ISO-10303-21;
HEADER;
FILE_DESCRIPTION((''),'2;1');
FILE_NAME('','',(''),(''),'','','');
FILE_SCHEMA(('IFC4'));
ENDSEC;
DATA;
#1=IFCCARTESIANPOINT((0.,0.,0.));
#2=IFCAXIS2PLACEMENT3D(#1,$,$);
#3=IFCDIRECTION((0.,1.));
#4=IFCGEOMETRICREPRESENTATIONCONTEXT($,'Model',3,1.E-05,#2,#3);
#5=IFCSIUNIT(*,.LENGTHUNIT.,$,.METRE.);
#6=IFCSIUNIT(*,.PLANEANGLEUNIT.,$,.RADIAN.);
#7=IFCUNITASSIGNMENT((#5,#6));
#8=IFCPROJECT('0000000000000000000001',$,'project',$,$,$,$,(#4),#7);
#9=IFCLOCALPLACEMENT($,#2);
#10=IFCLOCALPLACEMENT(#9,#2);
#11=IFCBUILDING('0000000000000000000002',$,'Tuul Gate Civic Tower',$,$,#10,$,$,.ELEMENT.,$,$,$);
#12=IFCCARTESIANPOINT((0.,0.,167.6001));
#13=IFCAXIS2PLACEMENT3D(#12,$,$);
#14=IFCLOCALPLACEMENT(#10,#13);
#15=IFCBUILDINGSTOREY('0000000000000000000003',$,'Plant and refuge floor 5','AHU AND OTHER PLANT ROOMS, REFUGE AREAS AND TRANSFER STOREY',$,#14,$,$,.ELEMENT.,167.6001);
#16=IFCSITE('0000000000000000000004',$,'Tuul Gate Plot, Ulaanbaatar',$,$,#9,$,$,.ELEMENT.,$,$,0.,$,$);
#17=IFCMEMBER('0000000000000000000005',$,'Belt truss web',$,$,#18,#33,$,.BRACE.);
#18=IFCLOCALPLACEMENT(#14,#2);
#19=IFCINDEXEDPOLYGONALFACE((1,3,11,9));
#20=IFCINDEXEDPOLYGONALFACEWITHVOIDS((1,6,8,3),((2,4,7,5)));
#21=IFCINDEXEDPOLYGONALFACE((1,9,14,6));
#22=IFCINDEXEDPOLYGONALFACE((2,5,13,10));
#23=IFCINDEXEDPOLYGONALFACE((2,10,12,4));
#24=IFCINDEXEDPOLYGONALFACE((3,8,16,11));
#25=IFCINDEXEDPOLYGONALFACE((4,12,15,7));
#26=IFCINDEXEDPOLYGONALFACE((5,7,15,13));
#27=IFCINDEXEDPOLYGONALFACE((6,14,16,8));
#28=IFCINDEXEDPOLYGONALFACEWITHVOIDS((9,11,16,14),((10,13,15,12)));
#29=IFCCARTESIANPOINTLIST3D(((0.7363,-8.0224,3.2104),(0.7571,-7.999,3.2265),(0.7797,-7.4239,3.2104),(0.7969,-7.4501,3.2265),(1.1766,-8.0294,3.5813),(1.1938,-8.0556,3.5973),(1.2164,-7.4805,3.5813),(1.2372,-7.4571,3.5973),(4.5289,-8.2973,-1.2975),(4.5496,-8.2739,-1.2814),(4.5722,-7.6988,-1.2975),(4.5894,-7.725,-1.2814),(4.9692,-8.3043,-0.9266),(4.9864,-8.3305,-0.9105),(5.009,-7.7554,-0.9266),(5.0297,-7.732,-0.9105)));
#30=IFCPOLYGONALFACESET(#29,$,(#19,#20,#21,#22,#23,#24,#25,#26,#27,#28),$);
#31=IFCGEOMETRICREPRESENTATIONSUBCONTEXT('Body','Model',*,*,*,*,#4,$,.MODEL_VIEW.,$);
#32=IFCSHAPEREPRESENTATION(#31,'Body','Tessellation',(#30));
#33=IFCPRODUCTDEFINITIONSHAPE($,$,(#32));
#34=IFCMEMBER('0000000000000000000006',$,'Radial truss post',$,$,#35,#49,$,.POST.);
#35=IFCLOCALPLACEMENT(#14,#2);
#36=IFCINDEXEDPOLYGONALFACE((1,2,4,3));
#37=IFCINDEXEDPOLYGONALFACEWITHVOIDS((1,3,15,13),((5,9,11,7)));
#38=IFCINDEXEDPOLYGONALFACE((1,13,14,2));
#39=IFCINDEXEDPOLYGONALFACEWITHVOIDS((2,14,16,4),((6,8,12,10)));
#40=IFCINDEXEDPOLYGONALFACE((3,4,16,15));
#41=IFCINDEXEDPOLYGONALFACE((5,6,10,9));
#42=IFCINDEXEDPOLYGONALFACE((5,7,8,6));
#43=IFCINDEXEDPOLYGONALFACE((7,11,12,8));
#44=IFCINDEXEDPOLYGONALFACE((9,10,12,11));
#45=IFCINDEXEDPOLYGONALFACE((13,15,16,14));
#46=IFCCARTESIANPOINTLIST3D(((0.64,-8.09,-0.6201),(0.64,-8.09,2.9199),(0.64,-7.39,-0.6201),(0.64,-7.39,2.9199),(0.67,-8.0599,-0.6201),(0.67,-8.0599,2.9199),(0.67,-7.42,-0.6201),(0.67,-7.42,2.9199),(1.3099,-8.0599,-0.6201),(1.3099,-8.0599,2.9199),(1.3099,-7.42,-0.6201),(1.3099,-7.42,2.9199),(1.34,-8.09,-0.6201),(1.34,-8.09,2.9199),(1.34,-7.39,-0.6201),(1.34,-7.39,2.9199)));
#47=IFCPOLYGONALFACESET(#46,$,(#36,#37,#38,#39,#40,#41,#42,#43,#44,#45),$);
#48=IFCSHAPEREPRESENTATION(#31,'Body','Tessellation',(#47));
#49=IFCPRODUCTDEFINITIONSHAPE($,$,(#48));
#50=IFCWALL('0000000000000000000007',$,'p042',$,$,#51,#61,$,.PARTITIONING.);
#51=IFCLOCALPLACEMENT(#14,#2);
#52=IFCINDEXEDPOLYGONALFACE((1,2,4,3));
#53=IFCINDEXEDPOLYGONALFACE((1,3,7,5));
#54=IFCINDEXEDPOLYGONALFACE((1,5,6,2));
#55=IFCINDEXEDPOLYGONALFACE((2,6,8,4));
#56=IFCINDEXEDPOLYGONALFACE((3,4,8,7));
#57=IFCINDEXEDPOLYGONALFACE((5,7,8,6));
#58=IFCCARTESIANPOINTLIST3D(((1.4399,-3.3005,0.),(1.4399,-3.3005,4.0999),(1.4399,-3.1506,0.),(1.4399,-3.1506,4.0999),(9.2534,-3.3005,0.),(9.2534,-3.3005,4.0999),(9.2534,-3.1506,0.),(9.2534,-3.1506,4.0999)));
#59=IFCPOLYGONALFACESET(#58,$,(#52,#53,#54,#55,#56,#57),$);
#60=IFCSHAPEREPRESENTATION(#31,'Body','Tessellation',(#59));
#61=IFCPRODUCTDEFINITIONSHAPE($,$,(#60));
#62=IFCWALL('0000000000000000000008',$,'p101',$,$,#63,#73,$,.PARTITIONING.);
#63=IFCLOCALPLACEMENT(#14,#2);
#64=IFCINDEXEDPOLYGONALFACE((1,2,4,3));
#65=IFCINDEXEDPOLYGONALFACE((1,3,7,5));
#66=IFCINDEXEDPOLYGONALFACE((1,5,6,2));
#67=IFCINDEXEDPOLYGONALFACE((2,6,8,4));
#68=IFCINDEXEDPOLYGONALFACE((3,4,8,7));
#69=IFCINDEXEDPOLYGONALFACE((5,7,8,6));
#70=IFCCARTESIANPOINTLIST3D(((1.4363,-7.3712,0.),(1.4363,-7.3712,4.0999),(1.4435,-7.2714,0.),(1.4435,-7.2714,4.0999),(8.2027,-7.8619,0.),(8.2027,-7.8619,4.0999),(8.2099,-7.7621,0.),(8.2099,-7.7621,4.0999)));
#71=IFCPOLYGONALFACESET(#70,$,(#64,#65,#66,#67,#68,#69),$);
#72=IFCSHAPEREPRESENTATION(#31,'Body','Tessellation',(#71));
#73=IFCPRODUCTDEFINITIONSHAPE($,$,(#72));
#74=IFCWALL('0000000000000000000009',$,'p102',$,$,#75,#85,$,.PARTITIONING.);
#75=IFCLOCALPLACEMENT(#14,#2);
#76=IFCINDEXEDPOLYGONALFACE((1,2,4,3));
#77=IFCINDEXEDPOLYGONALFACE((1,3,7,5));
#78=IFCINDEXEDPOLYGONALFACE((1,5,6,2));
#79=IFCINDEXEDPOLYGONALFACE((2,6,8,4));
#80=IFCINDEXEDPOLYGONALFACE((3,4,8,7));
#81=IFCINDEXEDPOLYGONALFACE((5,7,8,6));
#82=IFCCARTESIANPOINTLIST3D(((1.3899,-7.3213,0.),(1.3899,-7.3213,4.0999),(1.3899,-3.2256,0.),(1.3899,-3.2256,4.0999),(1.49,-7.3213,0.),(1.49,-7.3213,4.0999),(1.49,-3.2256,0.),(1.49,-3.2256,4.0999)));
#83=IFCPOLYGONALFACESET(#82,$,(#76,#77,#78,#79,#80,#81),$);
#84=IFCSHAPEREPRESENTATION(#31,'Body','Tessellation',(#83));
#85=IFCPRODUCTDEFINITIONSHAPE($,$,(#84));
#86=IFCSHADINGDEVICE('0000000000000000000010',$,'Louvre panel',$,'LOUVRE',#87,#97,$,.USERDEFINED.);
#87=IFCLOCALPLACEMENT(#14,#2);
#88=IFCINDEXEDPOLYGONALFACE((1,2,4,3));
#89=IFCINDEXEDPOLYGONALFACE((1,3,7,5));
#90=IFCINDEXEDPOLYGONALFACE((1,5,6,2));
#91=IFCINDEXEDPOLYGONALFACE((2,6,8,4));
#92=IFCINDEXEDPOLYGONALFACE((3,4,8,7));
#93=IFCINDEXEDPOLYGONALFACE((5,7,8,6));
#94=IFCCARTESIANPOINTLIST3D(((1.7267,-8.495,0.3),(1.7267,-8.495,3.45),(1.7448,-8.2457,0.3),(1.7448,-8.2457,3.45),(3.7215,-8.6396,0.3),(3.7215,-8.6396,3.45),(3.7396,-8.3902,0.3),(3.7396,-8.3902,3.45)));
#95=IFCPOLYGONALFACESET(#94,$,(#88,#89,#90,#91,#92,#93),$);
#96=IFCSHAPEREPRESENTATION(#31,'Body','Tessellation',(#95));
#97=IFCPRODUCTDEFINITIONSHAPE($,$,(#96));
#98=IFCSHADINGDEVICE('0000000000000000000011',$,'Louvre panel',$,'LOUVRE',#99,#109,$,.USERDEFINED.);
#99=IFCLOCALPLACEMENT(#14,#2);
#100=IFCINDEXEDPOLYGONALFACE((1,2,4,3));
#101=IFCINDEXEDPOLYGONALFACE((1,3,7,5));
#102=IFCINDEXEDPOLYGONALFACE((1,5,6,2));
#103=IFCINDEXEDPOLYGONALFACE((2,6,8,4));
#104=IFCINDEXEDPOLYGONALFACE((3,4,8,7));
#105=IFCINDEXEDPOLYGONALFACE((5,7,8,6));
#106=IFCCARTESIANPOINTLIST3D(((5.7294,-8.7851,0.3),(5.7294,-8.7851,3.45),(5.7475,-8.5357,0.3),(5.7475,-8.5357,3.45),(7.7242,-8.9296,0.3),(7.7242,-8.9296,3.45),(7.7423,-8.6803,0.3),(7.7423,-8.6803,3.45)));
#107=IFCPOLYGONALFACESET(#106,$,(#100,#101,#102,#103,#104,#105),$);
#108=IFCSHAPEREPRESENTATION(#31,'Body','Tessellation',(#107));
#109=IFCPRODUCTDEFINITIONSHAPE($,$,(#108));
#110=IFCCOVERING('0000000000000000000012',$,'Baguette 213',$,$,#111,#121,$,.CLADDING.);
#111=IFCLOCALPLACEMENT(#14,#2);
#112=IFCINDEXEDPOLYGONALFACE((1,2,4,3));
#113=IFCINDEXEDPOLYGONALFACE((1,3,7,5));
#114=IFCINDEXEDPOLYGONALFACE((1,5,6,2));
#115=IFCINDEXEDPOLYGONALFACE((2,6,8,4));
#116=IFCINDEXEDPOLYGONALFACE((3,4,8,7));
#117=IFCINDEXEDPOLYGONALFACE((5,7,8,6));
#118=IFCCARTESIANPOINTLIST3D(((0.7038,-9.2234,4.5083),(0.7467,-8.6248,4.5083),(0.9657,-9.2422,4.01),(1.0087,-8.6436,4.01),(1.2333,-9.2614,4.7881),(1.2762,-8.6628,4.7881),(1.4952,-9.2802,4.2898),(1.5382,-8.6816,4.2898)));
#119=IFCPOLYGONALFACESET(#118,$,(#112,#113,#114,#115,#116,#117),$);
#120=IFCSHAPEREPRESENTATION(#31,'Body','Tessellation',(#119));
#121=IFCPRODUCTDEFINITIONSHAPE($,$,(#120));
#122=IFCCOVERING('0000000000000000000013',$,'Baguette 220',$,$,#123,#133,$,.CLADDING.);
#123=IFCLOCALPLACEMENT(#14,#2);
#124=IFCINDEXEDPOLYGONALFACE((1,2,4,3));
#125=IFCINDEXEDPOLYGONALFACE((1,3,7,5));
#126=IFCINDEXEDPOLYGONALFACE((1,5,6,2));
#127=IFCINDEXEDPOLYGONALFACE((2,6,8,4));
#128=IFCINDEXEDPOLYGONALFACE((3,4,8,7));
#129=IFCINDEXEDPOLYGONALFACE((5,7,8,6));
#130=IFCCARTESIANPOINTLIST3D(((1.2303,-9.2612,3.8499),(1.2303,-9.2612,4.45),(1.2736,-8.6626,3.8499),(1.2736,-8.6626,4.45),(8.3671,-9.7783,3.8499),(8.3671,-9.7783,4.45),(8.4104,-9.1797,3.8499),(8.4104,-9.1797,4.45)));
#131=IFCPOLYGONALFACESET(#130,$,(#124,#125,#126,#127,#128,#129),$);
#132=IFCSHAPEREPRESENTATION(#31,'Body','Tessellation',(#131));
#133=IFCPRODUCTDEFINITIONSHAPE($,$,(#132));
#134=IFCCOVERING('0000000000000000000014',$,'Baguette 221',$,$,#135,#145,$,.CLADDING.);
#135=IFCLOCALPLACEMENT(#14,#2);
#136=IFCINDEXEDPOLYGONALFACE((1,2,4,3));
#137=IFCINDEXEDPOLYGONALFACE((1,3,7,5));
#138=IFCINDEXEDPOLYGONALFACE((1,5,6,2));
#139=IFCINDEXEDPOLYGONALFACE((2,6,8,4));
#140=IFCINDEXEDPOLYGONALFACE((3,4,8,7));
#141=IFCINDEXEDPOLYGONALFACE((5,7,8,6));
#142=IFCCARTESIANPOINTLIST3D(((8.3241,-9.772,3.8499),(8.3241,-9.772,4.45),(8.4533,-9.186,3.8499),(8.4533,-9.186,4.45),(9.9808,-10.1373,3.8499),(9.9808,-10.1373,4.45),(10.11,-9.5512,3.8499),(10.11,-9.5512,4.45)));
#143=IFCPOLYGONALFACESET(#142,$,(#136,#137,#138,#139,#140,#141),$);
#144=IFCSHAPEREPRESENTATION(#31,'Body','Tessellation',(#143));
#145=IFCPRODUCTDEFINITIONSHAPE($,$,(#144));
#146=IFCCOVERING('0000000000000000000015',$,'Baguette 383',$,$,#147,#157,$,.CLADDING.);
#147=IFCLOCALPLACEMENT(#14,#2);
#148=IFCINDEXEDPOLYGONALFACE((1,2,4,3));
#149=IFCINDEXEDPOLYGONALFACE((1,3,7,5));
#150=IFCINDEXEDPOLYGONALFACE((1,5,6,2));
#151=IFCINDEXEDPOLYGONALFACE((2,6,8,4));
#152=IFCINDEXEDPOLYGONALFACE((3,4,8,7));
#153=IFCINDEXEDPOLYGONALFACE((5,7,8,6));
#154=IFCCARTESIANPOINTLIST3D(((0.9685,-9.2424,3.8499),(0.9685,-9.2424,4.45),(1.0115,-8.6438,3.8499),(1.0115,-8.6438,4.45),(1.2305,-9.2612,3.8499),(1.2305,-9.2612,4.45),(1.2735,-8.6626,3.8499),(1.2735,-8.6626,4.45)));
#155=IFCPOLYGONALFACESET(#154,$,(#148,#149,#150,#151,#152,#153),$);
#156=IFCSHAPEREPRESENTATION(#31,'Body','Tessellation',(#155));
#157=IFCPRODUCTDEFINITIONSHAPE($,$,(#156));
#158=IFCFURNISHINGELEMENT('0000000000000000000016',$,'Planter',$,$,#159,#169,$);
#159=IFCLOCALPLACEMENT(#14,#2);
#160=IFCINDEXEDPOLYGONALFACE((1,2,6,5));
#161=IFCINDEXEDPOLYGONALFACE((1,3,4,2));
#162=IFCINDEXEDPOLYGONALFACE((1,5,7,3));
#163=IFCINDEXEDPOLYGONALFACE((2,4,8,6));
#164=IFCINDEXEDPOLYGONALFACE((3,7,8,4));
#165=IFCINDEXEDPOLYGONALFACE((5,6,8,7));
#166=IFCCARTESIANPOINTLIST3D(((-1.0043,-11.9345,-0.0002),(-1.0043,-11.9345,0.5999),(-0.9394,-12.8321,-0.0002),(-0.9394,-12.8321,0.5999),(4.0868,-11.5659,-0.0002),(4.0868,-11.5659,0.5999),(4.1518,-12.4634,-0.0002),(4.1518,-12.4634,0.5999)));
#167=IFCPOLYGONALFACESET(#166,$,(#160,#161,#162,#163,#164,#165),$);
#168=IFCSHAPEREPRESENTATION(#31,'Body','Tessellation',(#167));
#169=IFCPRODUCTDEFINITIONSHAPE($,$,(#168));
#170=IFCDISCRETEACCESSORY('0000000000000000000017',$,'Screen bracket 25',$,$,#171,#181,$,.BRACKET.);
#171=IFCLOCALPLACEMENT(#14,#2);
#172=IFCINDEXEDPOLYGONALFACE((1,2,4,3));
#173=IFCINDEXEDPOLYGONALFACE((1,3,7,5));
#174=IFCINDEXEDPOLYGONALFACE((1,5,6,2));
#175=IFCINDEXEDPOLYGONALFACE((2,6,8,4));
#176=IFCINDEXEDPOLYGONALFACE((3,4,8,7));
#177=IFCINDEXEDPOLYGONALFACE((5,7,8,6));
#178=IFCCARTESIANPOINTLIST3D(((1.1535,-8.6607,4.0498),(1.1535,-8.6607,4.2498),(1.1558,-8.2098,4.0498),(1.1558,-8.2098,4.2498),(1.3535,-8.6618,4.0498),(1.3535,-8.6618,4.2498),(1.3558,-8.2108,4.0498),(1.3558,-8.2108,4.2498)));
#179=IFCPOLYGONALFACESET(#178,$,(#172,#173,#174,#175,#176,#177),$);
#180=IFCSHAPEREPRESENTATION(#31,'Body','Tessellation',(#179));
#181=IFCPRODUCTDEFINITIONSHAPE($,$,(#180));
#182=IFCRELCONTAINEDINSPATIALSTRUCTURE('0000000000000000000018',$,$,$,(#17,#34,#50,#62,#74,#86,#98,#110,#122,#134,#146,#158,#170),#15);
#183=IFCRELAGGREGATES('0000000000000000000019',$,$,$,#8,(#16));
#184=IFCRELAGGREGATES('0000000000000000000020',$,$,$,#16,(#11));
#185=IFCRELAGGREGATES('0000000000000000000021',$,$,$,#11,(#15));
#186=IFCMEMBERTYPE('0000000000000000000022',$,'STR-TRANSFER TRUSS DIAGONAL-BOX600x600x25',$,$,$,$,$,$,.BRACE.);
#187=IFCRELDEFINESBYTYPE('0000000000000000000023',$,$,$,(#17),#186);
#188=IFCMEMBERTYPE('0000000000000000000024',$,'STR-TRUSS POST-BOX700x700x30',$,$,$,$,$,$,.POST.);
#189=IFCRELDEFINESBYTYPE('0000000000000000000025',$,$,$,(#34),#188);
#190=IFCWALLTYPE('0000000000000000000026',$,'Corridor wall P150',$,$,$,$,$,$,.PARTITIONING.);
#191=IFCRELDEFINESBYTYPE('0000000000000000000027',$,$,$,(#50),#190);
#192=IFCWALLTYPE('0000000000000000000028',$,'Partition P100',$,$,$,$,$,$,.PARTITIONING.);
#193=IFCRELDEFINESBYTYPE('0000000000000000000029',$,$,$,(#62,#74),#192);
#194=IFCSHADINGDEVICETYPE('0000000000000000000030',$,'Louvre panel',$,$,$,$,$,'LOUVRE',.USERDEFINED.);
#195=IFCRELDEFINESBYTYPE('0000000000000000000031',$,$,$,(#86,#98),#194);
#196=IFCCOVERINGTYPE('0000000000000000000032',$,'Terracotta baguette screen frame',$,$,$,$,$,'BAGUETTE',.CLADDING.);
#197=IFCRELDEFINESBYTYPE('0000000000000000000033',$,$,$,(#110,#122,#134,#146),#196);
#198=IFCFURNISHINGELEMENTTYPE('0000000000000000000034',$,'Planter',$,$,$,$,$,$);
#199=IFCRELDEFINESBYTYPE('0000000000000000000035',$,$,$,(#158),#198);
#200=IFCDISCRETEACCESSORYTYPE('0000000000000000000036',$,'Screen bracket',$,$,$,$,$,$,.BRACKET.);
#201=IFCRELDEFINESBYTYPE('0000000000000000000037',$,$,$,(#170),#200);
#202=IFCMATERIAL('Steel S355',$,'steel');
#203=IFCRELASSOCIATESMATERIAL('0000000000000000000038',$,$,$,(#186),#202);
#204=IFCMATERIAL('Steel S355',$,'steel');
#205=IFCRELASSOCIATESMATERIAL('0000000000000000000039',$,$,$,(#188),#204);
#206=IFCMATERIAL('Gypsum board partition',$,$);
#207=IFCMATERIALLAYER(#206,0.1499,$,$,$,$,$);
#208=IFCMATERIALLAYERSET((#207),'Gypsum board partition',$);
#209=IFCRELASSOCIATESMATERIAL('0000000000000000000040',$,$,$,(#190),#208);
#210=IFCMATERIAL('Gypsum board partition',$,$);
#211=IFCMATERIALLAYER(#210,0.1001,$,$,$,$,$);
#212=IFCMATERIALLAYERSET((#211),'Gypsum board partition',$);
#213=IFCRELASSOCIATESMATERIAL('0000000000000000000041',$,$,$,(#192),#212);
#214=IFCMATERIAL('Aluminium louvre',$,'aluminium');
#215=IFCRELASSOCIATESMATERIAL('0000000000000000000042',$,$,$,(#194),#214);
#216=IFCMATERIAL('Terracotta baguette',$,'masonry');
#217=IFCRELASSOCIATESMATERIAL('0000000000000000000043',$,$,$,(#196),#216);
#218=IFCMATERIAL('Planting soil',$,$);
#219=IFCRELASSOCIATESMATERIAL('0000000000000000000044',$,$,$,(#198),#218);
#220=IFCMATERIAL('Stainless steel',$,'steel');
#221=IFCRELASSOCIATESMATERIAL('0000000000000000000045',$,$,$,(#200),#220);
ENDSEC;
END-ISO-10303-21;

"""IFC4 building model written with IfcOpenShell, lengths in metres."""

from ifc_helpers import new_model, si_unit, direction, frame, frame_2d, origin, origin_2d, place, context, subcontext, project, spatial, rectangle, hollow_rectangle, extrude, material, layer, layer_set, material_profile, profile_set, type_object, element, save


model = new_model("IFC4")

# Units and contexts
model_context = context("Model", 3, precision=1e-05, world=origin(), true_north=direction((0.0, 1.0)))
body_context = subcontext(model_context, "Body", "Model", "MODEL_VIEW")
ifc_project = project(units=[si_unit("LENGTHUNIT", "METRE"), si_unit("PLANEANGLEUNIT", "RADIAN")], contexts=[model_context])

# Site, building, storey
site_placement = place(None, origin())
site = spatial("IfcSite", under=ifc_project, at=site_placement, Name="Tuul Gate Plot, Ulaanbaatar", CompositionType="ELEMENT", RefElevation=0.0)
building_placement = place(site_placement, origin())
building = spatial("IfcBuilding", under=site, at=building_placement, Name="Tuul Gate Civic Tower", CompositionType="ELEMENT")
storey_placement = place(building_placement, frame((0.0, 0.0, 167.6001)))
storey = spatial("IfcBuildingStorey", under=building, at=storey_placement, Name="Plant and refuge floor 5", Description="AHU AND OTHER PLANT ROOMS, REFUGE AREAS AND TRANSFER STOREY", CompositionType="ELEMENT", Elevation=167.6001)

# Members
ifc_material_1 = material(Name="Steel S355", Category="steel")
ifc_material_profile_1 = material_profile(ifc_material_1, hollow_rectangle(XDim=0.6001, YDim=0.6001, WallThickness=0.0249, at=origin_2d()), Name="BOX600x600x25")
ifc_profile_set_1 = profile_set([ifc_material_profile_1], Name="Steel S355")
member_type_1 = type_object("IfcMemberType", Name="STR-TRANSFER TRUSS DIAGONAL-BOX600x600x25", PredefinedType="BRACE", material=ifc_profile_set_1)
for number, where, z_axis, x_axis, name in (
    (1, (4.7793, -8.0146, -1.104), (-0.643081, 0.046614, 0.764378), (-0.072296, -0.997383, 0.0), "Belt truss web"),
):
    element("IfcMember", number, at=place(storey_placement, frame(where, z_axis=z_axis, x_axis=x_axis)), inside=storey, type_object=member_type_1, Name=name, PredefinedType="BRACE", context=body_context, shape_type="SweptSolid", body=[
        extrude(hollow_rectangle(XDim=0.6001, YDim=0.6001, WallThickness=0.0249, at=origin_2d()), origin(), (0.0, 0.0, 1.0), 5.8975),
    ])
ifc_material_2 = material(Name="Steel S355", Category="steel")
ifc_material_profile_2 = material_profile(ifc_material_2, hollow_rectangle(XDim=0.7, YDim=0.7, WallThickness=0.03, at=origin_2d()), Name="BOX700x700x30")
ifc_profile_set_2 = profile_set([ifc_material_profile_2], Name="Steel S355")
member_type_2 = type_object("IfcMemberType", Name="STR-TRUSS POST-BOX700x700x30", PredefinedType="POST", material=ifc_profile_set_2)
member_1_placement = place(storey_placement, frame((0.99, -7.74, -0.6201), z_axis=(0.0, 0.0, 1.0), x_axis=(1.0, 0.0, 0.0)))
element("IfcMember", 2, at=member_1_placement, inside=storey, type_object=member_type_2, Name="Radial truss post", PredefinedType="POST", context=body_context, shape_type="SweptSolid", body=[
    extrude(hollow_rectangle(XDim=0.7, YDim=0.7, WallThickness=0.03, at=origin_2d()), origin(), (0.0, 0.0, 1.0), 3.54),
])

# Wall
ifc_material_3 = material(Name="Gypsum board partition")
ifc_layer_1 = layer(ifc_material_3, 0.1499)
ifc_layer_set_1 = layer_set([ifc_layer_1], Name="Gypsum board partition")
wall_type_1 = type_object("IfcWallType", Name="Corridor wall P150", PredefinedType="PARTITIONING", material=ifc_layer_set_1)
wall_1_placement = place(storey_placement, frame((1.4399, -3.2256, 0.0), z_axis=(0.0, 0.0, 1.0), x_axis=(1.0, 0.0, 0.0)))
element("IfcWall", 3, at=wall_1_placement, inside=storey, type_object=wall_type_1, Name="p042", PredefinedType="PARTITIONING", context=body_context, shape_type="SweptSolid", body=[
    extrude(rectangle(XDim=7.8135, YDim=0.1499, at=frame_2d((3.9067, 0.0))), origin(), (0.0, 0.0, 1.0), 4.0999),
])

# Walls
ifc_material_4 = material(Name="Gypsum board partition")
ifc_layer_2 = layer(ifc_material_4, 0.1001)
ifc_layer_set_2 = layer_set([ifc_layer_2], Name="Gypsum board partition")
wall_type_2 = type_object("IfcWallType", Name="Partition P100", PredefinedType="PARTITIONING", material=ifc_layer_set_2)
wall_2_placement = place(storey_placement, frame((8.2063, -7.812, 0.0), z_axis=(0.0, 0.0, 1.0), x_axis=(-0.99738, 0.072334, 0.0)))
element("IfcWall", 4, at=wall_2_placement, inside=storey, type_object=wall_type_2, Name="p101", PredefinedType="PARTITIONING", context=body_context, shape_type="SweptSolid", body=[
    extrude(rectangle(XDim=6.7842, YDim=0.1001, at=frame_2d((3.3921, 0.0))), origin(), (0.0, 0.0, 1.0), 4.0999),
])
wall_3_placement = place(storey_placement, frame((1.4399, -7.3213, 0.0), z_axis=(0.0, 0.0, 1.0), x_axis=(0.0, 1.0, 0.0)))
element("IfcWall", 5, at=wall_3_placement, inside=storey, type_object=wall_type_2, Name="p102", PredefinedType="PARTITIONING", context=body_context, shape_type="SweptSolid", body=[
    extrude(rectangle(XDim=4.0957, YDim=0.1001, at=frame_2d((2.0479, 0.0))), origin(), (0.0, 0.0, 1.0), 4.0999),
])

# Shading devices
ifc_material_5 = material(Name="Aluminium louvre", Category="aluminium")
shading_device_type = type_object("IfcShadingDeviceType", Name="Louvre panel", ElementType="LOUVRE", PredefinedType="USERDEFINED", material=ifc_material_5)
for number, where, z_axis, x_axis, name in (
    (6, (2.7332, -8.4426, 0.3), (0.0, 0.0, 1.0), (-0.072276, -0.997385, 0.0), "Louvre panel"),
    (7, (6.7358, -8.7327, 0.3), (0.0, 0.0, 1.0), (-0.072276, -0.997385, 0.0), "Louvre panel"),
):
    element("IfcShadingDevice", number, at=place(storey_placement, frame(where, z_axis=z_axis, x_axis=x_axis)), inside=storey, type_object=shading_device_type, Name=name, ObjectType="LOUVRE", PredefinedType="USERDEFINED", context=body_context, shape_type="SweptSolid", body=[
        extrude(rectangle(XDim=0.25, YDim=2.0, at=origin_2d()), origin(), (0.0, 0.0, 1.0), 3.1499),
    ])

# Coverings
ifc_material_6 = material(Name="Terracotta baguette", Category="masonry")
ifc_material_profile_3 = material_profile(ifc_material_6, rectangle(XDim=0.6001, YDim=0.6001, at=origin_2d()), Name="Terracotta baguette screen frame")
ifc_profile_set_3 = profile_set([ifc_material_profile_3], Name="Terracotta baguette")
covering_type = type_object("IfcCoveringType", Name="Terracotta baguette screen frame", ElementType="BAGUETTE", PredefinedType="CLADDING", material=ifc_profile_set_3)
covering_1_placement = place(storey_placement, frame((0.99, -8.9431, 4.6482), z_axis=(0.465076, -0.033375, -0.884641), x_axis=(0.071577, 0.997435, 0.0)))
element("IfcCovering", 8, at=covering_1_placement, inside=storey, type_object=covering_type, Name="Baguette 213", PredefinedType="CLADDING", context=body_context, shape_type="SweptSolid", body=[
    extrude(rectangle(XDim=0.6001, YDim=0.6001, at=origin_2d()), origin(), (0.0, 0.0, 1.0), 0.5632),
])
covering_2_placement = place(storey_placement, frame((1.252, -8.9619, 4.1499), z_axis=(0.997385, -0.072265, 0.0), x_axis=(0.072265, 0.997385, 0.0)))
element("IfcCovering", 9, at=covering_2_placement, inside=storey, type_object=covering_type, Name="Baguette 220", PredefinedType="CLADDING", context=body_context, shape_type="SweptSolid", body=[
    extrude(rectangle(XDim=0.6001, YDim=0.6001, at=origin_2d()), origin(), (0.0, 0.0, 1.0), 7.1555),
])
covering_3_placement = place(storey_placement, frame((8.3887, -9.479, 4.1499), z_axis=(0.976551, -0.215285, 0.0), x_axis=(0.215285, 0.976551, 0.0)))
element("IfcCovering", 10, at=covering_3_placement, inside=storey, type_object=covering_type, Name="Baguette 221", PredefinedType="CLADDING", context=body_context, shape_type="SweptSolid", body=[
    extrude(rectangle(XDim=0.6001, YDim=0.6001, at=origin_2d()), origin(), (0.0, 0.0, 1.0), 1.6965),
])
covering_4_placement = place(storey_placement, frame((0.99, -8.9431, 4.1499), z_axis=(0.997435, -0.071577, 0.0), x_axis=(0.071577, 0.997435, 0.0)))
element("IfcCovering", 11, at=covering_4_placement, inside=storey, type_object=covering_type, Name="Baguette 383", PredefinedType="CLADDING", context=body_context, shape_type="SweptSolid", body=[
    extrude(rectangle(XDim=0.6001, YDim=0.6001, at=origin_2d()), origin(), (0.0, 0.0, 1.0), 0.2627),
])

# Furnishing element
ifc_material_7 = material(Name="Planting soil")
furnishing_element_type = type_object("IfcFurnishingElementType", Name="Planter", material=ifc_material_7)
furnishing_placement = place(storey_placement, frame((1.5737, -12.199, -0.0002), z_axis=(0.0, 0.0, 1.0), x_axis=(0.997389, 0.072222, 0.0)))
element("IfcFurnishingElement", 12, at=furnishing_placement, inside=storey, type_object=furnishing_element_type, Name="Planter", context=body_context, shape_type="SweptSolid", body=[
    extrude(rectangle(XDim=5.1045, YDim=0.8999, at=origin_2d()), origin(), (0.0, 0.0, 1.0), 0.6001),
])

# Discrete accessory
ifc_material_8 = material(Name="Stainless steel", Category="steel")
discrete_accessory_type = type_object("IfcDiscreteAccessoryType", Name="Screen bracket", PredefinedType="BRACKET", material=ifc_material_8)
discrete_accessory_placement = place(storey_placement, frame((1.2546, -8.4358, 4.0498), z_axis=(0.0, 0.0, 1.0), x_axis=(-0.005105, -0.999987, 0.0)))
element("IfcDiscreteAccessory", 13, at=discrete_accessory_placement, inside=storey, type_object=discrete_accessory_type, Name="Screen bracket 25", PredefinedType="BRACKET", context=body_context, shape_type="SweptSolid", body=[
    extrude(rectangle(XDim=0.4509, YDim=0.2, at=origin_2d()), origin(), (0.0, 0.0, 1.0), 0.2),
])

save(model, "model.ifc")
